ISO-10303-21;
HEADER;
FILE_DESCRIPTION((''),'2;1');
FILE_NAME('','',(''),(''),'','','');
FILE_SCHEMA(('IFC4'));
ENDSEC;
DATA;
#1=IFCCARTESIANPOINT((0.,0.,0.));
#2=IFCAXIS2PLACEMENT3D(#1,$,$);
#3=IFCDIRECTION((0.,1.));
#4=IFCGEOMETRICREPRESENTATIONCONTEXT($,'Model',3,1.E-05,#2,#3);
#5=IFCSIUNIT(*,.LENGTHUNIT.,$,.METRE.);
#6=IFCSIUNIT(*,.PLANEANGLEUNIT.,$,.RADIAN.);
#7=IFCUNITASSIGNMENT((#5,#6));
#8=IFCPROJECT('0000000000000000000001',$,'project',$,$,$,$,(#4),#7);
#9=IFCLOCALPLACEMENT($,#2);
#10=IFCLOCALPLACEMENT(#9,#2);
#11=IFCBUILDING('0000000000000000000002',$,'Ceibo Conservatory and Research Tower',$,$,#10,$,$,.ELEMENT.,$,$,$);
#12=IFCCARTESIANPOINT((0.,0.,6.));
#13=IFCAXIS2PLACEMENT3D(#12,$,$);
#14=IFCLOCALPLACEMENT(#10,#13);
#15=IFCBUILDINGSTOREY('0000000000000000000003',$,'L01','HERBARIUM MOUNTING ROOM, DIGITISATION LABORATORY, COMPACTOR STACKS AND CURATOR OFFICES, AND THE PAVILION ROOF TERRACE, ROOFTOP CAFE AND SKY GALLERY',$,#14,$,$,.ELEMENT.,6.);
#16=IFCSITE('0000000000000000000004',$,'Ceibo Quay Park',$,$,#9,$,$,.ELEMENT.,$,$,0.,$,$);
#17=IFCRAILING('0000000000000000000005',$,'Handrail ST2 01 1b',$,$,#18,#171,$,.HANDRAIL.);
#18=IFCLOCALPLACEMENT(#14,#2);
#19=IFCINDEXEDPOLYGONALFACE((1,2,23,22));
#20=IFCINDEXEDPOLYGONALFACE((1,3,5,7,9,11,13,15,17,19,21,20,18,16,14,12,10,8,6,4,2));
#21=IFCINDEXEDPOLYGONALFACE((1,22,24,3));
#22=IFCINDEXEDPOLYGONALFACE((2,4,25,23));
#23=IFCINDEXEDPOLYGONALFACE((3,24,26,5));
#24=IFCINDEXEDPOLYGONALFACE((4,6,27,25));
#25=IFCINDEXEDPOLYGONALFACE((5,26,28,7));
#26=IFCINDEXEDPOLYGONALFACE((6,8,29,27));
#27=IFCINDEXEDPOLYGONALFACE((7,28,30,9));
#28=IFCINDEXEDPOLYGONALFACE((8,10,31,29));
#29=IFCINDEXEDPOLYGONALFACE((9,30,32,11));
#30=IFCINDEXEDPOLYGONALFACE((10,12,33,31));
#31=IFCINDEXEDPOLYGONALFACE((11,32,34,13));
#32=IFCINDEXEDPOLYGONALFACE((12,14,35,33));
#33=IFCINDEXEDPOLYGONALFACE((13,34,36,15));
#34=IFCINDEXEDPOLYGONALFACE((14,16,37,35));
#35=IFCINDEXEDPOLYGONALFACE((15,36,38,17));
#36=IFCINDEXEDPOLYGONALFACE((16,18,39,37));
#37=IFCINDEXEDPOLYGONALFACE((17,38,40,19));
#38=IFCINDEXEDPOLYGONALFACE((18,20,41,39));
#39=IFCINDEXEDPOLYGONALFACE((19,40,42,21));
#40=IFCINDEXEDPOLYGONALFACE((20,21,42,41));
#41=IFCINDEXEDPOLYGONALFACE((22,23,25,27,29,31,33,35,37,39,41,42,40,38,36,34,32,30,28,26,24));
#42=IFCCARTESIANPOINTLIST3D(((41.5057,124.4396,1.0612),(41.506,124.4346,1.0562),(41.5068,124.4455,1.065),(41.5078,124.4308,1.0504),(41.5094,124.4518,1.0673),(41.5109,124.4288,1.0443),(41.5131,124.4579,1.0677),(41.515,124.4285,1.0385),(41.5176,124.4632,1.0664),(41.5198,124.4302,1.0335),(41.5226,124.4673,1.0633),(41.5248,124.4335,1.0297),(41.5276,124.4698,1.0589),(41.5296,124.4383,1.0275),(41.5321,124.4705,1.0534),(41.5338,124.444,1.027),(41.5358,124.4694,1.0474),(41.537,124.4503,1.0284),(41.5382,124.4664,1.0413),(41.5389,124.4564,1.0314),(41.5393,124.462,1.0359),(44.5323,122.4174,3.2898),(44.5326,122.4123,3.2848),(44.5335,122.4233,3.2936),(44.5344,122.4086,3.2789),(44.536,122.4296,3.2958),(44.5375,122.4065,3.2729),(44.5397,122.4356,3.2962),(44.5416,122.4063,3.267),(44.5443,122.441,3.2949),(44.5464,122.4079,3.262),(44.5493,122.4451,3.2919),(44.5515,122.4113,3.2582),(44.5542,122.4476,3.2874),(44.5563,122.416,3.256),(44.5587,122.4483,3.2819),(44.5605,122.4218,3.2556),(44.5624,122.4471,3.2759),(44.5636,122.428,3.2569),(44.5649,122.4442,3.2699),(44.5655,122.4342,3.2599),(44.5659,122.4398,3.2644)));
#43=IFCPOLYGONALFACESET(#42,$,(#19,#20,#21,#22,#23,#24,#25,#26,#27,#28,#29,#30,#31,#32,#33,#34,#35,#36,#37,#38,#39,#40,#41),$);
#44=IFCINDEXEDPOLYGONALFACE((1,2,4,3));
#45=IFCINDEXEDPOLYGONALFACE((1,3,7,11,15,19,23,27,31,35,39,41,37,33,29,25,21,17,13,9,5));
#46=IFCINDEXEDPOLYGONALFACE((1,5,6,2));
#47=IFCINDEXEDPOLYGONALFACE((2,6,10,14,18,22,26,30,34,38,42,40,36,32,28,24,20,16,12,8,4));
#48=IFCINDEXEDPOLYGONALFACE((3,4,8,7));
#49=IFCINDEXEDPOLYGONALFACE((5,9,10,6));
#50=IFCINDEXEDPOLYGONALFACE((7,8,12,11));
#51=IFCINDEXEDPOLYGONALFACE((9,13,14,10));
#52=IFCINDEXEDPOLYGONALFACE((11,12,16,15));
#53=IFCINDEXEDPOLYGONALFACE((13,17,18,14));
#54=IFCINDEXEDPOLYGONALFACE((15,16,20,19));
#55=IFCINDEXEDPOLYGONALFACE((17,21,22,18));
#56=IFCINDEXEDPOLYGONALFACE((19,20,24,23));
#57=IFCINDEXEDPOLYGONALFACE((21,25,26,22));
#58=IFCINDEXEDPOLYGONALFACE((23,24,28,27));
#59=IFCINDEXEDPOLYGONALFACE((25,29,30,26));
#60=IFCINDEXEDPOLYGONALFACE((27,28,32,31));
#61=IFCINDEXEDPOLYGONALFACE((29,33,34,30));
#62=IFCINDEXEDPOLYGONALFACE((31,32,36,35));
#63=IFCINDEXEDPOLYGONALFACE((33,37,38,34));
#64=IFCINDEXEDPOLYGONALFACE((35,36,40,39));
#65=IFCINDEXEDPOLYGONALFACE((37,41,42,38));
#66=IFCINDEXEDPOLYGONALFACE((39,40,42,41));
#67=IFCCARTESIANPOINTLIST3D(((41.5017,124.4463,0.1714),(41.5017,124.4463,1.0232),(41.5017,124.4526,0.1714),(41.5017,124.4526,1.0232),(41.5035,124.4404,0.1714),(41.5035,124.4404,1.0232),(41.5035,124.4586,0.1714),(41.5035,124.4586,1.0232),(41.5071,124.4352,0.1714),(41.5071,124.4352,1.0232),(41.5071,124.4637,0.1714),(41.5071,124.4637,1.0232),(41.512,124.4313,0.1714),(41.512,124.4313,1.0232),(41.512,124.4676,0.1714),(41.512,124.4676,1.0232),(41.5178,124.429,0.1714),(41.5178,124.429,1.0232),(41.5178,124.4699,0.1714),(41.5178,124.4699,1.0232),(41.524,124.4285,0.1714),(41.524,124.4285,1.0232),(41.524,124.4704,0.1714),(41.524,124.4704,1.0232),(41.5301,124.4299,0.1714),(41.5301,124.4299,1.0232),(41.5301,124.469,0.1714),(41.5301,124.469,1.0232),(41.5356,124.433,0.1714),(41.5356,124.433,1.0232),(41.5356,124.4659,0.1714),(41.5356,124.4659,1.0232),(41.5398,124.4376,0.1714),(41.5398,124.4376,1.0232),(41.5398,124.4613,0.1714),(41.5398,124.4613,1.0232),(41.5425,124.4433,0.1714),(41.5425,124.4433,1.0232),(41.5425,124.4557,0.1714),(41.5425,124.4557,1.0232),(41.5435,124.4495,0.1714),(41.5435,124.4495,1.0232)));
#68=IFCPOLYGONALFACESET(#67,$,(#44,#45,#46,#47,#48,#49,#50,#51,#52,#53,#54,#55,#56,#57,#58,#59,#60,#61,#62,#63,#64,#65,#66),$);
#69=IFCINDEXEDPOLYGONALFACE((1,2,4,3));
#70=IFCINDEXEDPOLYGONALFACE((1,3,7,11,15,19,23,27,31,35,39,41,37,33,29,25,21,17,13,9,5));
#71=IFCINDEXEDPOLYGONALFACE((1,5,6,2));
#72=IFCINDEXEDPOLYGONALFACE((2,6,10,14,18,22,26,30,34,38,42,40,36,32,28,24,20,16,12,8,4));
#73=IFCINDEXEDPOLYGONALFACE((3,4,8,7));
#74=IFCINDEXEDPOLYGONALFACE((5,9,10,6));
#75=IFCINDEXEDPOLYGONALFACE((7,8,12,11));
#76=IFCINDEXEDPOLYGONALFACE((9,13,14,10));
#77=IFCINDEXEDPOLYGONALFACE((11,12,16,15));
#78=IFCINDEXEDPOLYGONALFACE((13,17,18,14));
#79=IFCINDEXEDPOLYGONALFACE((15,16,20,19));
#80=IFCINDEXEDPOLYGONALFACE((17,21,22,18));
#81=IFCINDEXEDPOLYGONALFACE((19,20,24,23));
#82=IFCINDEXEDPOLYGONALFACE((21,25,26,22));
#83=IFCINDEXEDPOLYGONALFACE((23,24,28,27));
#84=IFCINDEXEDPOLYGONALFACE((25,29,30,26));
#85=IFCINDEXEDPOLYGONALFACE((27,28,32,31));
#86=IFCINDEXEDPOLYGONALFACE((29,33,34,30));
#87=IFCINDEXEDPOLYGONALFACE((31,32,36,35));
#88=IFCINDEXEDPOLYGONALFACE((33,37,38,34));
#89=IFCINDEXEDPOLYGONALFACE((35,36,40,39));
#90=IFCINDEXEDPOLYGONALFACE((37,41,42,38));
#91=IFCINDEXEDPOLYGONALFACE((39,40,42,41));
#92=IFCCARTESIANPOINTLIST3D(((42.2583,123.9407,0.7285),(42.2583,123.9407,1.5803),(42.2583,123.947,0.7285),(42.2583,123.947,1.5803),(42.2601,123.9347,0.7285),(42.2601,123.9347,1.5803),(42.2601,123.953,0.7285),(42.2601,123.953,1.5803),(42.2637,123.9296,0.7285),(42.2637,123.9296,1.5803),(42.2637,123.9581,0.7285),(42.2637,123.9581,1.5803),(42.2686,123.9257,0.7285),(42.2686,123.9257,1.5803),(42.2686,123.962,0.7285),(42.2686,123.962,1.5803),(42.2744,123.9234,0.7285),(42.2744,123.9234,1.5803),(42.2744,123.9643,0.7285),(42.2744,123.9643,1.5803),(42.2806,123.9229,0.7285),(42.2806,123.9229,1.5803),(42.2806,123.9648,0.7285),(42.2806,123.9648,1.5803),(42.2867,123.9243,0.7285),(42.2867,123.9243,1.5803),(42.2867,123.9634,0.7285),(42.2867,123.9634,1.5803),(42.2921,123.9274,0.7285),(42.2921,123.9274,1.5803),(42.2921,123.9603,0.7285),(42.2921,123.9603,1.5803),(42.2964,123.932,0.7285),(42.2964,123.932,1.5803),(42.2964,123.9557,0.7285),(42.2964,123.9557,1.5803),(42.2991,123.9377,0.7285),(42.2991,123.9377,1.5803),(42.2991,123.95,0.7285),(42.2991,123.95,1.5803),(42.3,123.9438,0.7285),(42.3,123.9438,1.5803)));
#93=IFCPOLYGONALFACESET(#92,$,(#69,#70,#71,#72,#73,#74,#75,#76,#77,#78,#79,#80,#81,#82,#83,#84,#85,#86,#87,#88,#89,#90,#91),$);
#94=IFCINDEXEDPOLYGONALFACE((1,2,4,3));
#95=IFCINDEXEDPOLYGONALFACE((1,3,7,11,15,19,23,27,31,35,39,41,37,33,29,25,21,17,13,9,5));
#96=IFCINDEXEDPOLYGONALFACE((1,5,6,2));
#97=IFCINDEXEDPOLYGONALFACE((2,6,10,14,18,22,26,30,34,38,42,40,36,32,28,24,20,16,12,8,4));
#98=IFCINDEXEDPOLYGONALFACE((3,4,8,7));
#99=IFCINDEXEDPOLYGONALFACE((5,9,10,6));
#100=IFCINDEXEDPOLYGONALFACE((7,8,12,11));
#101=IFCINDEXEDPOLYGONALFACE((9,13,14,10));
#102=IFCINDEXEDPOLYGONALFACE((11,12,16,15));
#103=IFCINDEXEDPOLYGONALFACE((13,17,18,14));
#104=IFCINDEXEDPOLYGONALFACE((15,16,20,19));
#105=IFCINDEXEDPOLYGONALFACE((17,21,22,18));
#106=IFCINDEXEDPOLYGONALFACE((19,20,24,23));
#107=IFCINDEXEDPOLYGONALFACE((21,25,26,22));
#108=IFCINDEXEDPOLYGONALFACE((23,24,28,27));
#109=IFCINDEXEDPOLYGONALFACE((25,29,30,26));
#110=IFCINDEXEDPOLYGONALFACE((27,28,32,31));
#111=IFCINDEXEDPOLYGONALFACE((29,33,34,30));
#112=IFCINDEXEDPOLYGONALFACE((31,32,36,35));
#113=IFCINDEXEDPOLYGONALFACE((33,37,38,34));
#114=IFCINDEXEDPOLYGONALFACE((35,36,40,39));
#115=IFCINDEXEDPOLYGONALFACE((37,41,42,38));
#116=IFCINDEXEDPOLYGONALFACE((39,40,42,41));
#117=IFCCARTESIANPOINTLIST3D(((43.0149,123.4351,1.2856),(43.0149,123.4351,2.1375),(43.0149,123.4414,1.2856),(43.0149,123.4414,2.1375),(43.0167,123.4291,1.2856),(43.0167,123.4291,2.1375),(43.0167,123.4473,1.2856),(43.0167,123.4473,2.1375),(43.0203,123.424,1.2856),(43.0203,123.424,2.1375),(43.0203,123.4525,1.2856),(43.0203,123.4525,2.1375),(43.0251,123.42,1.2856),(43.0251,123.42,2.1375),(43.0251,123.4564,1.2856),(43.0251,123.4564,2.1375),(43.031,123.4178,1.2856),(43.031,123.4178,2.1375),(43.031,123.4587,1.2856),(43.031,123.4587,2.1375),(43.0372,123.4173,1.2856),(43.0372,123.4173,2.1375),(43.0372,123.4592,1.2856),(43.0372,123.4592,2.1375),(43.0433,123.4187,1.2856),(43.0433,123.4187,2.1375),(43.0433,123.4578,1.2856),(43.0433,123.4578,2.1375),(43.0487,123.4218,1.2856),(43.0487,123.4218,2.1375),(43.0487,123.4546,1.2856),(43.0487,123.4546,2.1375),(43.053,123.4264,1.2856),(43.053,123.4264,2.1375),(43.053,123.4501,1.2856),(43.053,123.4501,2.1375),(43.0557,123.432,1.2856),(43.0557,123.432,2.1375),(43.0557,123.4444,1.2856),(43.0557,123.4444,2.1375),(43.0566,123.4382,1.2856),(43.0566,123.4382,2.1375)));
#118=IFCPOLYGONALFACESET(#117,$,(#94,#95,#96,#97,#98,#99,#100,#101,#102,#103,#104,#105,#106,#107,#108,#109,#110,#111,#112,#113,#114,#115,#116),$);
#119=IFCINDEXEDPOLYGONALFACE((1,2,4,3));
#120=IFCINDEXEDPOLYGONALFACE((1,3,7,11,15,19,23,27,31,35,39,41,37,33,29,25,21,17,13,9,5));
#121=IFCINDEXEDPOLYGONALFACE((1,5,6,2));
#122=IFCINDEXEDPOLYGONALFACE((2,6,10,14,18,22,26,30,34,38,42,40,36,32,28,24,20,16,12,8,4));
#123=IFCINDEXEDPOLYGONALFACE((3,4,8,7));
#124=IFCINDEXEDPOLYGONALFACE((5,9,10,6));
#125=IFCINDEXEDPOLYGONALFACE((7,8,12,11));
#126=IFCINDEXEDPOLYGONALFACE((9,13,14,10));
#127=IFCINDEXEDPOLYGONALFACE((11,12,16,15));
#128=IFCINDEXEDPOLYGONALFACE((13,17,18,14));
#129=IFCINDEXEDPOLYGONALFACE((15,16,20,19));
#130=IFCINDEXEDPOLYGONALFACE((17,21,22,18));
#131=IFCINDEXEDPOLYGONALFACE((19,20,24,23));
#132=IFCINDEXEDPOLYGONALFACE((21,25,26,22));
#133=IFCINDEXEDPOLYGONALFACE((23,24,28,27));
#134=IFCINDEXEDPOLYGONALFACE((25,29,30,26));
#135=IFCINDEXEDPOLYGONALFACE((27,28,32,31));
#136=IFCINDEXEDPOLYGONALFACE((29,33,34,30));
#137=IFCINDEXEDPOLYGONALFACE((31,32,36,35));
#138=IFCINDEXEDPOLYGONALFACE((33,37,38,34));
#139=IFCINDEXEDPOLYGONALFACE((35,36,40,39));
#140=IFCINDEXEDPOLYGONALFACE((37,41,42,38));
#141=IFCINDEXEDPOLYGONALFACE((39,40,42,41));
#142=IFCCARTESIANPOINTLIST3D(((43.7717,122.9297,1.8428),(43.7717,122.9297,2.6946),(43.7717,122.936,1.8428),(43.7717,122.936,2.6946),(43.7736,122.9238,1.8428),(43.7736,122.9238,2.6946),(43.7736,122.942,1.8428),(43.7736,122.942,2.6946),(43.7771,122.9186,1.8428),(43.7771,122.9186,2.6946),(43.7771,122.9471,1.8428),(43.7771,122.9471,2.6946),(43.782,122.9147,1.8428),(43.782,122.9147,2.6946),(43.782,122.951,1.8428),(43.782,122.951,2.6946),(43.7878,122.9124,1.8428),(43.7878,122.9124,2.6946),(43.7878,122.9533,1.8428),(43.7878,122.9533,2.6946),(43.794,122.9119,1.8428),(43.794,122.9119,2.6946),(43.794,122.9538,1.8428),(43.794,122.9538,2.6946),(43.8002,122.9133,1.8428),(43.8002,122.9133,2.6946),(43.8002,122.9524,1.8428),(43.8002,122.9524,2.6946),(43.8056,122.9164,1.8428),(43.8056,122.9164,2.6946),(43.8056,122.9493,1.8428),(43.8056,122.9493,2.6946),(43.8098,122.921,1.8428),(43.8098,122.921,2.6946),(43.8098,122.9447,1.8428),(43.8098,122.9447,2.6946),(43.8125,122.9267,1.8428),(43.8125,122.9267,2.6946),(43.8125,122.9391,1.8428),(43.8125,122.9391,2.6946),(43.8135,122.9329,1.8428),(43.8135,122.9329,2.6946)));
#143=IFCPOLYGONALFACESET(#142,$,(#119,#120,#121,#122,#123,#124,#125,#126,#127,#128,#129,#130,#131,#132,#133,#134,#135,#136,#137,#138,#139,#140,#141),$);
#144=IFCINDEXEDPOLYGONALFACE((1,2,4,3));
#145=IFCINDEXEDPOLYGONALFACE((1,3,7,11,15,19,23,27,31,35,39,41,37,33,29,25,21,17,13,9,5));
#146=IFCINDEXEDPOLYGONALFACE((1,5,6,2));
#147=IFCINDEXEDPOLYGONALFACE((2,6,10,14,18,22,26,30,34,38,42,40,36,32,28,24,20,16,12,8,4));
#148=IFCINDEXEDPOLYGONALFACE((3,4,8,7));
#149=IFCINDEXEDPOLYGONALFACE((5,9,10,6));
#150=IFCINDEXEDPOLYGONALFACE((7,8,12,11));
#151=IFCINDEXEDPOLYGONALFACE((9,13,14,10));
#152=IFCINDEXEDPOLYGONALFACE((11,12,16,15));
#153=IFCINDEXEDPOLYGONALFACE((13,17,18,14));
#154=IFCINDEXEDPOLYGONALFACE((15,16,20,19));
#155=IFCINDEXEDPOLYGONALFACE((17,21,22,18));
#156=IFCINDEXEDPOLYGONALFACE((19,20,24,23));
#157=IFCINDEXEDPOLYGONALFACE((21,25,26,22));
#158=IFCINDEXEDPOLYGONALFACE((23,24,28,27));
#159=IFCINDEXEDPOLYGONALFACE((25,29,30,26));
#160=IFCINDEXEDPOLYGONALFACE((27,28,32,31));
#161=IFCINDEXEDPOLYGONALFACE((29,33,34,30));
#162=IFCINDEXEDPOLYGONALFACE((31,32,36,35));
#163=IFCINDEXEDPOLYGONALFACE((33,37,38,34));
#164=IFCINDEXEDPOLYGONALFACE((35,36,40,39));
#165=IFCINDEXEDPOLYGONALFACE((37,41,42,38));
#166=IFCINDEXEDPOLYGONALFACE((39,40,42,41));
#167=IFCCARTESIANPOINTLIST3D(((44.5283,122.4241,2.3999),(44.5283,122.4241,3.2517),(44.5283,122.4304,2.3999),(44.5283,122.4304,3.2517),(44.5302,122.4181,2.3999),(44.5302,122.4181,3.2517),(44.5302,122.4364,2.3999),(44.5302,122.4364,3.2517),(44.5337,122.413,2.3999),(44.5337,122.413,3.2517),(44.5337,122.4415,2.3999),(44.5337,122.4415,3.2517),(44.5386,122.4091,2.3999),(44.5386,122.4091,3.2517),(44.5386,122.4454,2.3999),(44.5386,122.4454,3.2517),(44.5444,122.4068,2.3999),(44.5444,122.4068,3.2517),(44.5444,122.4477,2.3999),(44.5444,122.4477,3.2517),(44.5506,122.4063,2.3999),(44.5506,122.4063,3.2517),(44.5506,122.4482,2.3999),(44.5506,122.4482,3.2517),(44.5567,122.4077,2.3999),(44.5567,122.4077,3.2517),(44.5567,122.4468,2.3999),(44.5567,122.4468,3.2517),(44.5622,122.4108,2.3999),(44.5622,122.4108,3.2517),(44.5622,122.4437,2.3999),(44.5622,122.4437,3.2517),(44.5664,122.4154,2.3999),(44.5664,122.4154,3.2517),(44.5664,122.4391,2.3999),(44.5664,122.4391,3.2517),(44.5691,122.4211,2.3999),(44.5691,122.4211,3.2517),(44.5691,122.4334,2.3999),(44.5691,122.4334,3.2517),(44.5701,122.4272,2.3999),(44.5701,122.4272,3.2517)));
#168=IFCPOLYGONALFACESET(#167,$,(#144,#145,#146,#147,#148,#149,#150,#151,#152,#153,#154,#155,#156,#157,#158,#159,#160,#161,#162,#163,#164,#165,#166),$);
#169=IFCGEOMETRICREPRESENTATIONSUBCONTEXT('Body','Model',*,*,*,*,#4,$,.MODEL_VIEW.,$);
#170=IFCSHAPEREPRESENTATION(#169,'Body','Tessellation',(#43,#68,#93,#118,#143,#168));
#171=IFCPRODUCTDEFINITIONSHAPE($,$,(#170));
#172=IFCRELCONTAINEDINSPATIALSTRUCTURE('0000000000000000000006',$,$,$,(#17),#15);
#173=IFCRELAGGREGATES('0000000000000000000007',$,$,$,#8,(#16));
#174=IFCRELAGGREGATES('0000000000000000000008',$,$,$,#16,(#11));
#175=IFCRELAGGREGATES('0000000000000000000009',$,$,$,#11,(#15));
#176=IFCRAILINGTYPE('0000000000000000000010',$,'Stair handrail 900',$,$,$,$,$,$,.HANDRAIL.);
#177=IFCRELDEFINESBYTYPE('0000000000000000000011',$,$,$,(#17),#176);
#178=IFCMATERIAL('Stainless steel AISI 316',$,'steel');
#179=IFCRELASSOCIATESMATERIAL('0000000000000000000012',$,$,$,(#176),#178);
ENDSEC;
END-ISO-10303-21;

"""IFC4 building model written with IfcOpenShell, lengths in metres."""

from ifc_helpers import new_model, si_unit, direction, frame, origin, origin_2d, place, context, subcontext, project, spatial, circle, extrude, material, type_object, element, save


model = new_model("IFC4")

# Units and contexts
model_context = context("Model", 3, precision=1e-05, world=origin(), true_north=direction((0.0, 1.0)))
body_context = subcontext(model_context, "Body", "Model", "MODEL_VIEW")
ifc_project = project(units=[si_unit("LENGTHUNIT", "METRE"), si_unit("PLANEANGLEUNIT", "RADIAN")], contexts=[model_context])

# Site, building, storey
site_placement = place(None, origin())
site = spatial("IfcSite", under=ifc_project, at=site_placement, Name="Ceibo Quay Park", CompositionType="ELEMENT", RefElevation=0.0)
building_placement = place(site_placement, origin())
building = spatial("IfcBuilding", under=site, at=building_placement, Name="Ceibo Conservatory and Research Tower", CompositionType="ELEMENT")
storey_placement = place(building_placement, frame((0.0, 0.0, 6.0)))
storey = spatial("IfcBuildingStorey", under=building, at=storey_placement, Name="L01", Description="HERBARIUM MOUNTING ROOM, DIGITISATION LABORATORY, COMPACTOR STACKS AND CURATOR OFFICES, AND THE PAVILION ROOF TERRACE, ROOFTOP CAFE AND SKY GALLERY", CompositionType="ELEMENT", Elevation=6.0)

# Shared definitions
ifc_material_1 = material(Name="Stainless steel AISI 316", Category="steel")

# Railing
railing_type = type_object("IfcRailingType", Name="Stair handrail 900", PredefinedType="HANDRAIL", material=ifc_material_1)
railing_1_placement = place(storey_placement, frame((41.5225, 124.4495, 0.1714)))
element("IfcRailing", 1, at=railing_1_placement, inside=storey, type_object=railing_type, Name="Handrail ST2 01 1b", PredefinedType="HANDRAIL", context=body_context, shape_type="SweptSolid", body=[
    extrude(circle(Radius=0.0239, at=origin_2d()), frame((0.0, 0.0, 0.876), z_axis=(0.709137, -0.473806, 0.522142), x_axis=(0.555551, 0.831482, 0.0)), (0.0, 0.0, 1.0), 4.2681),
    extrude(circle(Radius=0.021, at=origin_2d()), origin(), (0.0, 0.0, 1.0), 0.8518),
    extrude(circle(Radius=0.021, at=origin_2d()), frame((0.7566, -0.5056, 0.5571)), (0.0, 0.0, 1.0), 0.8518),
    extrude(circle(Radius=0.021, at=origin_2d()), frame((1.5132, -1.0112, 1.1143)), (0.0, 0.0, 1.0), 0.8518),
    extrude(circle(Radius=0.021, at=origin_2d()), frame((2.27, -1.5166, 1.6714)), (0.0, 0.0, 1.0), 0.8518),
    extrude(circle(Radius=0.021, at=origin_2d()), frame((3.0266, -2.0222, 2.2285)), (0.0, 0.0, 1.0), 0.8518),
])

save(model, "model.ifc")
